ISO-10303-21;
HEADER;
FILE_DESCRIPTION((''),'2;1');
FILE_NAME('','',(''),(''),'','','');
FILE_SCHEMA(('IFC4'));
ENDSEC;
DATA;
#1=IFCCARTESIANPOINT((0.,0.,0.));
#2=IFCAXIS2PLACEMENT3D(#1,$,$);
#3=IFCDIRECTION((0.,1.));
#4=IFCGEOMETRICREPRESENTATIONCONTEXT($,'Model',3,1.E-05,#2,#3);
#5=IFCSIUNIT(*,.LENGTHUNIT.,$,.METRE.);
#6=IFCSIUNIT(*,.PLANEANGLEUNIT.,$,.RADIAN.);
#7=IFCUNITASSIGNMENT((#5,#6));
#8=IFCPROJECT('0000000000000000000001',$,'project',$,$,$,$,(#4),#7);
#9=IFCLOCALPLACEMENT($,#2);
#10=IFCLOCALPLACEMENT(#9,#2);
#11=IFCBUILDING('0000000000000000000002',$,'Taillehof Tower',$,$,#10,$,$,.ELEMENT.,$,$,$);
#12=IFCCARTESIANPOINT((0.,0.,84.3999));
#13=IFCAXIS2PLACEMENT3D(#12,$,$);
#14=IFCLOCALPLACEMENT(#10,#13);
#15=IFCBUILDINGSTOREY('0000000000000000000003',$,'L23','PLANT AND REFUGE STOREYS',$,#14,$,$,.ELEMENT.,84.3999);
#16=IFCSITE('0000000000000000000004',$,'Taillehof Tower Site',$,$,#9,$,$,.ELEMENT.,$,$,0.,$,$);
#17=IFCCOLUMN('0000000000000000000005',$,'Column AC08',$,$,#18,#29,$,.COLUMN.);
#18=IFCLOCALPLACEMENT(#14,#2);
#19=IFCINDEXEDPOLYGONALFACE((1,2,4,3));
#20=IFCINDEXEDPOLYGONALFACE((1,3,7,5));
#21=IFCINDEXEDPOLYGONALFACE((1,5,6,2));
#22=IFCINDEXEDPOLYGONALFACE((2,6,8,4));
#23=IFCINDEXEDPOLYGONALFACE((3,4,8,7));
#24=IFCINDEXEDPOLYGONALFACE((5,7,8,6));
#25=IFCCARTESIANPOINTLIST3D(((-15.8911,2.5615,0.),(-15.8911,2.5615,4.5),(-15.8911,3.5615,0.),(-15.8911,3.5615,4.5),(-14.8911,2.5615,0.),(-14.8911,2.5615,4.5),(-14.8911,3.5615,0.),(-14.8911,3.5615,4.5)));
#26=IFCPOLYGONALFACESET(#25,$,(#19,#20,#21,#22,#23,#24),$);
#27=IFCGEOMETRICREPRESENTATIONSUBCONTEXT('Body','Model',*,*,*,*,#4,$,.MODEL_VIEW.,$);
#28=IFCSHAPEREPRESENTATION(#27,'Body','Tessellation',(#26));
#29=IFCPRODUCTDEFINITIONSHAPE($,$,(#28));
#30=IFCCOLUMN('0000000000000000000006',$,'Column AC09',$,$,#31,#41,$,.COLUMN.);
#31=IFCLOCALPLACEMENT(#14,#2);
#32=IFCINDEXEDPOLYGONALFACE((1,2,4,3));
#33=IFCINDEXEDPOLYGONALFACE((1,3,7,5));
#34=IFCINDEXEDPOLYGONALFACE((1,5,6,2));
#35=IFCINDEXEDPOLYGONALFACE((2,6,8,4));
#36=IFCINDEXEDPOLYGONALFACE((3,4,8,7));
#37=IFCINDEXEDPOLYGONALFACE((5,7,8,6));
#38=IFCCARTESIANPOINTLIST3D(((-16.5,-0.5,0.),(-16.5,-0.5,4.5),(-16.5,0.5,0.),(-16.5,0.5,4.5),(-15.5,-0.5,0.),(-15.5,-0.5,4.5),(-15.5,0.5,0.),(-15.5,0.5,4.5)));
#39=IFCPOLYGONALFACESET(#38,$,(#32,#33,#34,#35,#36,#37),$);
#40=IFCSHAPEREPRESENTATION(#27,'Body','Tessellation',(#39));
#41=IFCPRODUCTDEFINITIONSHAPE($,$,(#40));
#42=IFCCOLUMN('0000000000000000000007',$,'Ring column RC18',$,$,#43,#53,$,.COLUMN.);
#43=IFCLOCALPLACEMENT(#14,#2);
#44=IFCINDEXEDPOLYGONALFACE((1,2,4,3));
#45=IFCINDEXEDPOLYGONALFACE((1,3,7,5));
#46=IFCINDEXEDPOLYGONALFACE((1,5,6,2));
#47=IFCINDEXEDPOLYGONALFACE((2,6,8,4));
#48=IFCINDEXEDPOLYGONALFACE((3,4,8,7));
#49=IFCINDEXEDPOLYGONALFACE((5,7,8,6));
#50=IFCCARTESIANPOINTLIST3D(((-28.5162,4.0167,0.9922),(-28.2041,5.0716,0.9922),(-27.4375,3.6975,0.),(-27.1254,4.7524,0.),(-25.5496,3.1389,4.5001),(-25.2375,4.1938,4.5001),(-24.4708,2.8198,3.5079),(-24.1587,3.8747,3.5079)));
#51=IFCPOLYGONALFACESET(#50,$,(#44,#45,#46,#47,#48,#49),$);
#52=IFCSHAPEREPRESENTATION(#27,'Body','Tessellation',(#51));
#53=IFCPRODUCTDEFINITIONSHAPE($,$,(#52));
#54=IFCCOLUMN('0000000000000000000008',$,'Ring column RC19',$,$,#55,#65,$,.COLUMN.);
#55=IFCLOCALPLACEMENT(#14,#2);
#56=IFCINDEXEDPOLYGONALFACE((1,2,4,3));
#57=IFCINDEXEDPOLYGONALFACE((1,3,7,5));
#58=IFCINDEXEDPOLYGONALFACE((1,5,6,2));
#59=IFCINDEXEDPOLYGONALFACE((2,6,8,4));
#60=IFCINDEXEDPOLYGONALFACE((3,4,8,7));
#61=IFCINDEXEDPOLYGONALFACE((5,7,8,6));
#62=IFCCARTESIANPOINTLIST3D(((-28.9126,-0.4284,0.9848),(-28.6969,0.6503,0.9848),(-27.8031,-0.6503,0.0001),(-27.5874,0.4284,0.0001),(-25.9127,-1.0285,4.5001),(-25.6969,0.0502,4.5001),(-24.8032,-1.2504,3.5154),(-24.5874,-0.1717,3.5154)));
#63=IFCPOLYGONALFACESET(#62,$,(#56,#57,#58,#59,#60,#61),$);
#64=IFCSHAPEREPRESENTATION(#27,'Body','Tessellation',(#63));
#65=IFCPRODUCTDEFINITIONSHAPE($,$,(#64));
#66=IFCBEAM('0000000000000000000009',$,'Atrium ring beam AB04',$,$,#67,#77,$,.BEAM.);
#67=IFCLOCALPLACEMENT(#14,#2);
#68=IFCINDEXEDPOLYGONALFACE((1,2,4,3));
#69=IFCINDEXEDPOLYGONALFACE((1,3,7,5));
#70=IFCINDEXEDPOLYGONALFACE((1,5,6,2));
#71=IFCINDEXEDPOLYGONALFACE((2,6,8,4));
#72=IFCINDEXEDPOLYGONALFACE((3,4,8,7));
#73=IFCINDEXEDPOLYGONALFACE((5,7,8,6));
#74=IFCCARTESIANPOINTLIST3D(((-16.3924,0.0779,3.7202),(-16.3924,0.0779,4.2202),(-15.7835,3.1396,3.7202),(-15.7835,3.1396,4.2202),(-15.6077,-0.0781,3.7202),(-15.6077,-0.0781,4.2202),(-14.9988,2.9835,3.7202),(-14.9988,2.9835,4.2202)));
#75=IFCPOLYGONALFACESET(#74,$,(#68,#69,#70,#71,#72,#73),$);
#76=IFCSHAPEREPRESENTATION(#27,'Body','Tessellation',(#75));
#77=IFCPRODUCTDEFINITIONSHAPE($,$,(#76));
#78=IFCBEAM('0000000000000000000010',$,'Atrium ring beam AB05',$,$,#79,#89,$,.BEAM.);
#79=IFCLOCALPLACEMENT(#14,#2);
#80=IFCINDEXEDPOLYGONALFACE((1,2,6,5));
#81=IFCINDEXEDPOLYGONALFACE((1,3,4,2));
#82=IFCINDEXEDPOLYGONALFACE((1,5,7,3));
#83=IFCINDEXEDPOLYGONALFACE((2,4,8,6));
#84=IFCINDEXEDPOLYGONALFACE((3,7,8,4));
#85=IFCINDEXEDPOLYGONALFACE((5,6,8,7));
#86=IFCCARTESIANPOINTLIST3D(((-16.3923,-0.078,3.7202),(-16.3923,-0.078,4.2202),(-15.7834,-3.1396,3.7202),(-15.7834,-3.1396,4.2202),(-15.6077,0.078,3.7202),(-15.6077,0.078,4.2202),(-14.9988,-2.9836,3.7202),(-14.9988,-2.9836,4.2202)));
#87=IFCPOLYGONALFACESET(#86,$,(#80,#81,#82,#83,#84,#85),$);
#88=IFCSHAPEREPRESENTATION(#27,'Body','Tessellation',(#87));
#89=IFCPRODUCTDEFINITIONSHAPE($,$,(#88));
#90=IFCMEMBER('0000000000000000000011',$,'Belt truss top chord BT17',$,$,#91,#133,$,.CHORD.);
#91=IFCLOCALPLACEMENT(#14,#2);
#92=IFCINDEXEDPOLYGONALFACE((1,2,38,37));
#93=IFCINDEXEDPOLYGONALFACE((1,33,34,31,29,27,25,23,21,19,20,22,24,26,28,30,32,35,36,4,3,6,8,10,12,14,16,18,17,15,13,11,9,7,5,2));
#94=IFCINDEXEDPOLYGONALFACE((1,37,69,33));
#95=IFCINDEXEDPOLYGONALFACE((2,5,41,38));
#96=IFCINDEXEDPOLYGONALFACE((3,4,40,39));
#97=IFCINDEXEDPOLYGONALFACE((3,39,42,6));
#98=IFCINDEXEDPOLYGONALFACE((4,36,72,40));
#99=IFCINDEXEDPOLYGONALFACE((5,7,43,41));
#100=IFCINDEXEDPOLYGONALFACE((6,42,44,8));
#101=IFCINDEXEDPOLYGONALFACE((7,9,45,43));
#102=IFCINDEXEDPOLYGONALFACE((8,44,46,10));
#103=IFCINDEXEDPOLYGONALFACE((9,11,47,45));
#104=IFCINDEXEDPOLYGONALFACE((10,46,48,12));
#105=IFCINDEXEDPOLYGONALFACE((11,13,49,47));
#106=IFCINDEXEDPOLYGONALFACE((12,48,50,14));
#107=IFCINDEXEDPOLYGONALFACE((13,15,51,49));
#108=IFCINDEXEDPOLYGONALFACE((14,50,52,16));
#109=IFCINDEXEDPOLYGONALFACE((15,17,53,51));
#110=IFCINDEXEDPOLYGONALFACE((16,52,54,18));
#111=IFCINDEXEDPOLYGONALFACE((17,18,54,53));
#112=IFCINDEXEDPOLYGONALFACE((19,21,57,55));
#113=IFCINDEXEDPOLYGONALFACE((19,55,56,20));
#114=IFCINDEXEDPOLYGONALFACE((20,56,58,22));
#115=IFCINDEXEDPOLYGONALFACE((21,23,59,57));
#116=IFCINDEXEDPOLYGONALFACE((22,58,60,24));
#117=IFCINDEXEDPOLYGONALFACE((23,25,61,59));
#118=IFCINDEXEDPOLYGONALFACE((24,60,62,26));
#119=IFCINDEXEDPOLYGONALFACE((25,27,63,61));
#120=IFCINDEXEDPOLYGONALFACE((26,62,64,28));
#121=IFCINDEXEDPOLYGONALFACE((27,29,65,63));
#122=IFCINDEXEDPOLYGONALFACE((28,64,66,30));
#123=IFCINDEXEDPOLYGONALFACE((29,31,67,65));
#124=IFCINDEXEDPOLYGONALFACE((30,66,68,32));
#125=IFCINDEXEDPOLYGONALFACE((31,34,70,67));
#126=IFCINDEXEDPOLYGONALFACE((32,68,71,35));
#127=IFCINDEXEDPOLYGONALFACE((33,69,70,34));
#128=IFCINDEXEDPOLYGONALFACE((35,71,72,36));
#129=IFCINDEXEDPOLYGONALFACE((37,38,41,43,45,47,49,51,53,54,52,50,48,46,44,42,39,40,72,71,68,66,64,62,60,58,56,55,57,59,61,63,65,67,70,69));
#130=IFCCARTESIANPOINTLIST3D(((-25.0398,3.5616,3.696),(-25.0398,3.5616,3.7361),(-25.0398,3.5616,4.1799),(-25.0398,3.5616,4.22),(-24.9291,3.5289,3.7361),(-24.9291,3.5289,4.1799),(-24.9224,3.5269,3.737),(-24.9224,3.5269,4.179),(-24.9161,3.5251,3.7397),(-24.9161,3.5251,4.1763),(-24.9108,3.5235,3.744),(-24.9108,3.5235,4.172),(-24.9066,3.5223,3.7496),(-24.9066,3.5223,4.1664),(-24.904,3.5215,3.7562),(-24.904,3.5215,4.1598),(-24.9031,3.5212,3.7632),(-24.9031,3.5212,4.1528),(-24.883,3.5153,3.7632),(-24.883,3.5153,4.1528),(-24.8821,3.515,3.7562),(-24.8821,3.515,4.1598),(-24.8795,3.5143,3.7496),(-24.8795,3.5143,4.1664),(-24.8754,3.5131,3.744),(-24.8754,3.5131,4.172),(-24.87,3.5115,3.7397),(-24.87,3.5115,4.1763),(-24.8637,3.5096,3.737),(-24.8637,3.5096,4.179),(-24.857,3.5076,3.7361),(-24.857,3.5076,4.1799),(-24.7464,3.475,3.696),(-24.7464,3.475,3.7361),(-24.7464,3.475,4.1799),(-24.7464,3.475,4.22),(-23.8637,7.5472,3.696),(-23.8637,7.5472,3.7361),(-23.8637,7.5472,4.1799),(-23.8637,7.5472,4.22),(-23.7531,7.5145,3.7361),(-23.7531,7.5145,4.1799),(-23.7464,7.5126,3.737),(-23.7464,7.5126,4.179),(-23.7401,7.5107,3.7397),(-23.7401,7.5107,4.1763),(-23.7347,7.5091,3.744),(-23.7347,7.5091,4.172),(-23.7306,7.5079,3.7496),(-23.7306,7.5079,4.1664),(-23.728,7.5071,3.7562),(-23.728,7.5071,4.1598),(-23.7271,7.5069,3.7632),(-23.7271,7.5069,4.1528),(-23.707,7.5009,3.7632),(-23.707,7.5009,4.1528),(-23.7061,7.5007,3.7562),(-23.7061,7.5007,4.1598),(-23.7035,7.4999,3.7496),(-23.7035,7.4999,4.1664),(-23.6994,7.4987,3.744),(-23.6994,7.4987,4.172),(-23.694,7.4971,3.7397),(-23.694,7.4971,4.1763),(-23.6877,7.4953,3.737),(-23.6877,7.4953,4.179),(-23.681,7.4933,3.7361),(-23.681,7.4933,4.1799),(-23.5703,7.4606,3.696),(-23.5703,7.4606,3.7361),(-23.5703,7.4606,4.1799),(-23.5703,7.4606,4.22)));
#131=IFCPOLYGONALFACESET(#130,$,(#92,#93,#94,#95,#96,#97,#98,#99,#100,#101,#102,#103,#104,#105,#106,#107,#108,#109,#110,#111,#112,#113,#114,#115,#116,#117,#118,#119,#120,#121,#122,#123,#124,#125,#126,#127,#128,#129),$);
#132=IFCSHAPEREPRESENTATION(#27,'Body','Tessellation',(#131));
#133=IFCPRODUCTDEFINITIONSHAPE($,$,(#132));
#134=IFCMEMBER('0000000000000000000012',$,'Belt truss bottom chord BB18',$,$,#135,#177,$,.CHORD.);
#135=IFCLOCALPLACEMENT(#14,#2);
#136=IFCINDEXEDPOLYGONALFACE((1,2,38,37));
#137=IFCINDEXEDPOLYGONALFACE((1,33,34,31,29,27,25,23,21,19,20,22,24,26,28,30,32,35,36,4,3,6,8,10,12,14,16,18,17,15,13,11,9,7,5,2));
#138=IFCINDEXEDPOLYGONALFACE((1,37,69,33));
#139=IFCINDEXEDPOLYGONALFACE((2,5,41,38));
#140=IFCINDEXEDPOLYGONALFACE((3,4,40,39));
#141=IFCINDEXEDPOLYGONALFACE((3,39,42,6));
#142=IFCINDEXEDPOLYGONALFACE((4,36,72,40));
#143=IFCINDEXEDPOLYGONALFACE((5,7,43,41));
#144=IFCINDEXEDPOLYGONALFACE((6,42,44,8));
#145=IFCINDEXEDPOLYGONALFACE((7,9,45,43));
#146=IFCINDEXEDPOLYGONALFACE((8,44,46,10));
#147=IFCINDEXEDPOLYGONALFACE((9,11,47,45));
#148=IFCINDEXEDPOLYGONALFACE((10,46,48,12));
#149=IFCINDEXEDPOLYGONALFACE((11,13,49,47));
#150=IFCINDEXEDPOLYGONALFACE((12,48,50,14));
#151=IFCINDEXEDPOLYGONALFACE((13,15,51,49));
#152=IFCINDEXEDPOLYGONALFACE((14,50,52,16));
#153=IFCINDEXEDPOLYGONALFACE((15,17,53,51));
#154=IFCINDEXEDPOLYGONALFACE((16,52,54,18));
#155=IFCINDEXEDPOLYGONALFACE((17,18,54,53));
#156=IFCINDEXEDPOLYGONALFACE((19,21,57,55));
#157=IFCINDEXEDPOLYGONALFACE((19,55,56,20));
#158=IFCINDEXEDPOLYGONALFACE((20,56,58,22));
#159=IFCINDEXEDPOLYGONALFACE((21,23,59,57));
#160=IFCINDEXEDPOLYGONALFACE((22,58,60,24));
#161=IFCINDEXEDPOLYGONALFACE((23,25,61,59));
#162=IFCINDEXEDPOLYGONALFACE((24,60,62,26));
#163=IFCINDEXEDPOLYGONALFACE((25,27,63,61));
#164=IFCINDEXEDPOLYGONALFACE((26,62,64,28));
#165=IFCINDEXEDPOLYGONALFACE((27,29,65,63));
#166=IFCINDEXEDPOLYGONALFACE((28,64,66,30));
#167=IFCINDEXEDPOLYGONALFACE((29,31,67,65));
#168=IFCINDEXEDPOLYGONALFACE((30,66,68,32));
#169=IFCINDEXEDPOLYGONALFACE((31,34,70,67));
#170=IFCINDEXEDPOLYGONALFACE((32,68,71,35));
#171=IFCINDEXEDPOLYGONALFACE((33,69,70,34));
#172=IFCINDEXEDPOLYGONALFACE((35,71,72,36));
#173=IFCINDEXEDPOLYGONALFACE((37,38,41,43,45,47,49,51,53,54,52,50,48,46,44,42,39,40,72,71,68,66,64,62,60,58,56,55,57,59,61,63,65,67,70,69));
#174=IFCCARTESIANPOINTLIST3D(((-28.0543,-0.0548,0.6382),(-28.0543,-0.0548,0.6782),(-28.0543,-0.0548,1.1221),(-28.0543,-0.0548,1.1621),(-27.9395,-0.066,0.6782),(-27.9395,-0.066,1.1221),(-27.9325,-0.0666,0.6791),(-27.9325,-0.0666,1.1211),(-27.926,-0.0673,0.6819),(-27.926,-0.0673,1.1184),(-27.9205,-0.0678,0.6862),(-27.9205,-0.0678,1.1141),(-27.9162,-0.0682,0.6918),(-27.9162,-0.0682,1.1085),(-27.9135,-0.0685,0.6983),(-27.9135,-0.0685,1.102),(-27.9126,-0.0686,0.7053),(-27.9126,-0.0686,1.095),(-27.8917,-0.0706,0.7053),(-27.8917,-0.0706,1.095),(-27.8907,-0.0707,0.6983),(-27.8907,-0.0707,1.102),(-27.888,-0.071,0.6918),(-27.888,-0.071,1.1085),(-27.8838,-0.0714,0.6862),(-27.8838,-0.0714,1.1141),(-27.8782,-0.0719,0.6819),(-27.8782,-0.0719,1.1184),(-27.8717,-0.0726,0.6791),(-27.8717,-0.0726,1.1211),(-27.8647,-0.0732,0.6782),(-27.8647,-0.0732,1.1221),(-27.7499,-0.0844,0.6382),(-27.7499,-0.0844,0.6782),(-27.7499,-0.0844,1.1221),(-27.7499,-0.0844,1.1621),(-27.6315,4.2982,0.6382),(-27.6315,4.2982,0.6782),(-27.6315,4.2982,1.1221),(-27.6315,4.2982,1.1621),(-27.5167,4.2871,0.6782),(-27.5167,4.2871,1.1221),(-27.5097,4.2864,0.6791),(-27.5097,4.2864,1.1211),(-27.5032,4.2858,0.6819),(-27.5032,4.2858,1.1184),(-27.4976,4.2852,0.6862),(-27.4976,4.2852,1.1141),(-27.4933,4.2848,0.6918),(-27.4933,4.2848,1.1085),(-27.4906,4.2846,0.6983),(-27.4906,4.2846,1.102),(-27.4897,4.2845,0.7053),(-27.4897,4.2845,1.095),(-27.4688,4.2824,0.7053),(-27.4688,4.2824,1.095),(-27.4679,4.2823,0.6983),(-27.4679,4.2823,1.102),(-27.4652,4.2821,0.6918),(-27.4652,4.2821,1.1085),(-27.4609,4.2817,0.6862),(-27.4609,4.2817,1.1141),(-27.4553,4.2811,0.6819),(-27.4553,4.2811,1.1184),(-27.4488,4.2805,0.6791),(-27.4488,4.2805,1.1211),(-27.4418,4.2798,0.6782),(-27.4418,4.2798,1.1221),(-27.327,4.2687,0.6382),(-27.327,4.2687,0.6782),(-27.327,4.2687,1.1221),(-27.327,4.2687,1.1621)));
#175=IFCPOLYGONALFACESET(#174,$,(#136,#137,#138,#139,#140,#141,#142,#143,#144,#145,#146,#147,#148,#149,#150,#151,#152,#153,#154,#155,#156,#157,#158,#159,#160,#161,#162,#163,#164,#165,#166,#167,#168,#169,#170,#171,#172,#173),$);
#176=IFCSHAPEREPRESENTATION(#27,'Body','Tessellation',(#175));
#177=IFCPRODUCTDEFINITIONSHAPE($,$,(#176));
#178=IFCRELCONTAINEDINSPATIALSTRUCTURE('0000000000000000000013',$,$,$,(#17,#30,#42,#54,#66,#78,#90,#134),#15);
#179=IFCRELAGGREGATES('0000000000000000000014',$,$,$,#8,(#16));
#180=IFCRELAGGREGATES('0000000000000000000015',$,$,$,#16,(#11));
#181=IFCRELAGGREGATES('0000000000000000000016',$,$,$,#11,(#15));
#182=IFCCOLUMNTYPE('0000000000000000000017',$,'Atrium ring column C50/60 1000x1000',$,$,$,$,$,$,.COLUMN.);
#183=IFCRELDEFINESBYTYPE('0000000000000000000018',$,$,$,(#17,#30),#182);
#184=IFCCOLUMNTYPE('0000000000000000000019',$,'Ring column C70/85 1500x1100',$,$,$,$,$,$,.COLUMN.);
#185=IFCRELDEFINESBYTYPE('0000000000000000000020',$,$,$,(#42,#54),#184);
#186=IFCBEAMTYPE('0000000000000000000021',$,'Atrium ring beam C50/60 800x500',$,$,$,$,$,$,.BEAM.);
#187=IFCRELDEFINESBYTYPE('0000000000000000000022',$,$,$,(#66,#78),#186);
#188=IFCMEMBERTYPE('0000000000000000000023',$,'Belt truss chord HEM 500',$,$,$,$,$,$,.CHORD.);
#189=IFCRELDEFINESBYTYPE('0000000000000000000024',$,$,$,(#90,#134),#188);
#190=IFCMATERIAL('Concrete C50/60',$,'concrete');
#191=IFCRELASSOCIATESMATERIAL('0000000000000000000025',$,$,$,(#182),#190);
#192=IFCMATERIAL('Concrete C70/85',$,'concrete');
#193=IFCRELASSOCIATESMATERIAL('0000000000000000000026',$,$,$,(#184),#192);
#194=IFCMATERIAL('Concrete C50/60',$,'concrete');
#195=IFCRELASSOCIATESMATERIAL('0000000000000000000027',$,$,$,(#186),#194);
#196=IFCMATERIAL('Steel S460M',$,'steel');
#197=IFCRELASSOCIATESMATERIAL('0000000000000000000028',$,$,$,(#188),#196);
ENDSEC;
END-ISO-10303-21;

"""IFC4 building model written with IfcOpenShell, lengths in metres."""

from ifc_helpers import new_model, si_unit, direction, frame, origin, origin_2d, place, context, subcontext, project, spatial, rectangle, i_section, extrude, material, material_profile, profile_set, type_object, element, save


model = new_model("IFC4")

# Units and contexts
model_context = context("Model", 3, precision=1e-05, world=origin(), true_north=direction((0.0, 1.0)))
body_context = subcontext(model_context, "Body", "Model", "MODEL_VIEW")
ifc_project = project(units=[si_unit("LENGTHUNIT", "METRE"), si_unit("PLANEANGLEUNIT", "RADIAN")], contexts=[model_context])

# Site, building, storey
site_placement = place(None, origin())
site = spatial("IfcSite", under=ifc_project, at=site_placement, Name="Taillehof Tower Site", CompositionType="ELEMENT", RefElevation=0.0)
building_placement = place(site_placement, origin())
building = spatial("IfcBuilding", under=site, at=building_placement, Name="Taillehof Tower", CompositionType="ELEMENT")
storey_placement = place(building_placement, frame((0.0, 0.0, 84.3999)))
storey = spatial("IfcBuildingStorey", under=building, at=storey_placement, Name="L23", Description="PLANT AND REFUGE STOREYS", CompositionType="ELEMENT", Elevation=84.3999)

# Columns
ifc_material_1 = material(Name="Concrete C50/60", Category="concrete")
ifc_material_profile_1 = material_profile(ifc_material_1, rectangle(XDim=1.0, YDim=1.0, at=origin_2d()), Name="RC 1000x1000")
ifc_profile_set_1 = profile_set([ifc_material_profile_1], Name="Concrete C50/60")
column_type_1 = type_object("IfcColumnType", Name="Atrium ring column C50/60 1000x1000", PredefinedType="COLUMN", material=ifc_profile_set_1)
for number, where, z_axis, x_axis, name in (
    (1, (-15.3911, 3.0615, 0.0), (0.0, 0.0, 1.0), (1.0, 0.0, 0.0), "Column AC08"),
    (2, (-16.0, 0.0, 0.0), (0.0, 0.0, 1.0), (1.0, 0.0, 0.0), "Column AC09"),
):
    element("IfcColumn", number, at=place(storey_placement, frame(where, z_axis=z_axis, x_axis=x_axis)), inside=storey, type_object=column_type_1, Name=name, PredefinedType="COLUMN", context=body_context, shape_type="SweptSolid", body=[
        extrude(rectangle(XDim=1.0, YDim=1.0, at=origin_2d()), origin(), (0.0, 0.0, 1.0), 4.5),
    ])
ifc_material_2 = material(Name="Concrete C70/85", Category="concrete")
ifc_material_profile_2 = material_profile(ifc_material_2, rectangle(XDim=1.5, YDim=1.1001, at=origin_2d()), Name="RC 1500x1100")
ifc_profile_set_2 = profile_set([ifc_material_profile_2], Name="Concrete C70/85")
column_type_2 = type_object("IfcColumnType", Name="Ring column C70/85 1500x1100", PredefinedType="COLUMN", material=ifc_profile_set_2)
column_1_placement = place(storey_placement, frame((-27.8208, 4.3845, 0.4961), z_axis=(0.634268, -0.187655, 0.749993), x_axis=(-0.719177, 0.212776, 0.661446)))
element("IfcColumn", 3, at=column_1_placement, inside=storey, type_object=column_type_2, Name="Ring column RC18", PredefinedType="COLUMN", context=body_context, shape_type="SweptSolid", body=[
    extrude(rectangle(XDim=1.5, YDim=1.1001, at=origin_2d()), origin(), (0.0, 0.0, 1.0), 4.6772),
])
column_2_placement = place(storey_placement, frame((-28.25, 0.0, 0.4924), z_axis=(0.643741, -0.128769, 0.754332), x_axis=(-0.739678, 0.14796, 0.656494)))
element("IfcColumn", 4, at=column_2_placement, inside=storey, type_object=column_type_2, Name="Ring column RC19", PredefinedType="COLUMN", context=body_context, shape_type="SweptSolid", body=[
    extrude(rectangle(XDim=1.5, YDim=1.1001, at=origin_2d()), origin(), (0.0, 0.0, 1.0), 4.6602),
])

# Beams
ifc_material_3 = material(Name="Concrete C50/60", Category="concrete")
ifc_material_profile_3 = material_profile(ifc_material_3, rectangle(XDim=0.8, YDim=0.5, at=origin_2d()), Name="RC 800x500")
ifc_profile_set_3 = profile_set([ifc_material_profile_3], Name="Concrete C50/60")
beam_type_1 = type_object("IfcBeamType", Name="Atrium ring beam C50/60 800x500", PredefinedType="BEAM", material=ifc_profile_set_3)
for number, where, z_axis, x_axis, name in (
    (5, (-15.3911, 3.0615, 3.9702), (-0.195063, -0.980791, 0.0), (0.980791, -0.195063, 0.0), "Atrium ring beam AB04"),
    (6, (-16.0, 0.0, 3.9702), (0.195063, -0.980791, 0.0), (0.980791, 0.195063, 0.0), "Atrium ring beam AB05"),
):
    element("IfcBeam", number, at=place(storey_placement, frame(where, z_axis=z_axis, x_axis=x_axis)), inside=storey, type_object=beam_type_1, Name=name, PredefinedType="BEAM", context=body_context, shape_type="SweptSolid", body=[
        extrude(rectangle(XDim=0.8, YDim=0.5, at=origin_2d()), origin(), (0.0, 0.0, 1.0), 3.1216),
    ])

# Members
ifc_material_4 = material(Name="Steel S460M", Category="steel")
ifc_material_profile_4 = material_profile(ifc_material_4, i_section(OverallWidth=0.3059, OverallDepth=0.5239, WebThickness=0.021, FlangeThickness=0.04, FilletRadius=0.0271, at=origin_2d()), Name="HEM 500")
ifc_profile_set_4 = profile_set([ifc_material_profile_4], Name="Steel S460M")
member_type_1 = type_object("IfcMemberType", Name="Belt truss chord HEM 500", PredefinedType="CHORD", material=ifc_profile_set_4)
member_1_placement = place(storey_placement, frame((-23.717, 7.5039, 3.958), z_axis=(-0.283006, -0.959118, 0.0), x_axis=(0.959118, -0.283006, 0.0)))
element("IfcMember", 7, at=member_1_placement, inside=storey, type_object=member_type_1, Name="Belt truss top chord BT17", PredefinedType="CHORD", context=body_context, shape_type="SweptSolid", body=[
    extrude(i_section(OverallWidth=0.3059, OverallDepth=0.5239, WebThickness=0.021, FlangeThickness=0.04, FilletRadius=0.0271, at=origin_2d()), origin(), (0.0, 0.0, 1.0), 4.1555),
])
member_2_placement = place(storey_placement, frame((-27.4792, 4.2834, 0.9001), z_axis=(-0.096685, -0.995315, 0.0), x_axis=(0.995315, -0.096685, 0.0)))
element("IfcMember", 8, at=member_2_placement, inside=storey, type_object=member_type_1, Name="Belt truss bottom chord BB18", PredefinedType="CHORD", context=body_context, shape_type="SweptSolid", body=[
    extrude(i_section(OverallWidth=0.3059, OverallDepth=0.5239, WebThickness=0.021, FlangeThickness=0.04, FilletRadius=0.0271, at=origin_2d()), origin(), (0.0, 0.0, 1.0), 4.3735),
])

save(model, "model.ifc")
